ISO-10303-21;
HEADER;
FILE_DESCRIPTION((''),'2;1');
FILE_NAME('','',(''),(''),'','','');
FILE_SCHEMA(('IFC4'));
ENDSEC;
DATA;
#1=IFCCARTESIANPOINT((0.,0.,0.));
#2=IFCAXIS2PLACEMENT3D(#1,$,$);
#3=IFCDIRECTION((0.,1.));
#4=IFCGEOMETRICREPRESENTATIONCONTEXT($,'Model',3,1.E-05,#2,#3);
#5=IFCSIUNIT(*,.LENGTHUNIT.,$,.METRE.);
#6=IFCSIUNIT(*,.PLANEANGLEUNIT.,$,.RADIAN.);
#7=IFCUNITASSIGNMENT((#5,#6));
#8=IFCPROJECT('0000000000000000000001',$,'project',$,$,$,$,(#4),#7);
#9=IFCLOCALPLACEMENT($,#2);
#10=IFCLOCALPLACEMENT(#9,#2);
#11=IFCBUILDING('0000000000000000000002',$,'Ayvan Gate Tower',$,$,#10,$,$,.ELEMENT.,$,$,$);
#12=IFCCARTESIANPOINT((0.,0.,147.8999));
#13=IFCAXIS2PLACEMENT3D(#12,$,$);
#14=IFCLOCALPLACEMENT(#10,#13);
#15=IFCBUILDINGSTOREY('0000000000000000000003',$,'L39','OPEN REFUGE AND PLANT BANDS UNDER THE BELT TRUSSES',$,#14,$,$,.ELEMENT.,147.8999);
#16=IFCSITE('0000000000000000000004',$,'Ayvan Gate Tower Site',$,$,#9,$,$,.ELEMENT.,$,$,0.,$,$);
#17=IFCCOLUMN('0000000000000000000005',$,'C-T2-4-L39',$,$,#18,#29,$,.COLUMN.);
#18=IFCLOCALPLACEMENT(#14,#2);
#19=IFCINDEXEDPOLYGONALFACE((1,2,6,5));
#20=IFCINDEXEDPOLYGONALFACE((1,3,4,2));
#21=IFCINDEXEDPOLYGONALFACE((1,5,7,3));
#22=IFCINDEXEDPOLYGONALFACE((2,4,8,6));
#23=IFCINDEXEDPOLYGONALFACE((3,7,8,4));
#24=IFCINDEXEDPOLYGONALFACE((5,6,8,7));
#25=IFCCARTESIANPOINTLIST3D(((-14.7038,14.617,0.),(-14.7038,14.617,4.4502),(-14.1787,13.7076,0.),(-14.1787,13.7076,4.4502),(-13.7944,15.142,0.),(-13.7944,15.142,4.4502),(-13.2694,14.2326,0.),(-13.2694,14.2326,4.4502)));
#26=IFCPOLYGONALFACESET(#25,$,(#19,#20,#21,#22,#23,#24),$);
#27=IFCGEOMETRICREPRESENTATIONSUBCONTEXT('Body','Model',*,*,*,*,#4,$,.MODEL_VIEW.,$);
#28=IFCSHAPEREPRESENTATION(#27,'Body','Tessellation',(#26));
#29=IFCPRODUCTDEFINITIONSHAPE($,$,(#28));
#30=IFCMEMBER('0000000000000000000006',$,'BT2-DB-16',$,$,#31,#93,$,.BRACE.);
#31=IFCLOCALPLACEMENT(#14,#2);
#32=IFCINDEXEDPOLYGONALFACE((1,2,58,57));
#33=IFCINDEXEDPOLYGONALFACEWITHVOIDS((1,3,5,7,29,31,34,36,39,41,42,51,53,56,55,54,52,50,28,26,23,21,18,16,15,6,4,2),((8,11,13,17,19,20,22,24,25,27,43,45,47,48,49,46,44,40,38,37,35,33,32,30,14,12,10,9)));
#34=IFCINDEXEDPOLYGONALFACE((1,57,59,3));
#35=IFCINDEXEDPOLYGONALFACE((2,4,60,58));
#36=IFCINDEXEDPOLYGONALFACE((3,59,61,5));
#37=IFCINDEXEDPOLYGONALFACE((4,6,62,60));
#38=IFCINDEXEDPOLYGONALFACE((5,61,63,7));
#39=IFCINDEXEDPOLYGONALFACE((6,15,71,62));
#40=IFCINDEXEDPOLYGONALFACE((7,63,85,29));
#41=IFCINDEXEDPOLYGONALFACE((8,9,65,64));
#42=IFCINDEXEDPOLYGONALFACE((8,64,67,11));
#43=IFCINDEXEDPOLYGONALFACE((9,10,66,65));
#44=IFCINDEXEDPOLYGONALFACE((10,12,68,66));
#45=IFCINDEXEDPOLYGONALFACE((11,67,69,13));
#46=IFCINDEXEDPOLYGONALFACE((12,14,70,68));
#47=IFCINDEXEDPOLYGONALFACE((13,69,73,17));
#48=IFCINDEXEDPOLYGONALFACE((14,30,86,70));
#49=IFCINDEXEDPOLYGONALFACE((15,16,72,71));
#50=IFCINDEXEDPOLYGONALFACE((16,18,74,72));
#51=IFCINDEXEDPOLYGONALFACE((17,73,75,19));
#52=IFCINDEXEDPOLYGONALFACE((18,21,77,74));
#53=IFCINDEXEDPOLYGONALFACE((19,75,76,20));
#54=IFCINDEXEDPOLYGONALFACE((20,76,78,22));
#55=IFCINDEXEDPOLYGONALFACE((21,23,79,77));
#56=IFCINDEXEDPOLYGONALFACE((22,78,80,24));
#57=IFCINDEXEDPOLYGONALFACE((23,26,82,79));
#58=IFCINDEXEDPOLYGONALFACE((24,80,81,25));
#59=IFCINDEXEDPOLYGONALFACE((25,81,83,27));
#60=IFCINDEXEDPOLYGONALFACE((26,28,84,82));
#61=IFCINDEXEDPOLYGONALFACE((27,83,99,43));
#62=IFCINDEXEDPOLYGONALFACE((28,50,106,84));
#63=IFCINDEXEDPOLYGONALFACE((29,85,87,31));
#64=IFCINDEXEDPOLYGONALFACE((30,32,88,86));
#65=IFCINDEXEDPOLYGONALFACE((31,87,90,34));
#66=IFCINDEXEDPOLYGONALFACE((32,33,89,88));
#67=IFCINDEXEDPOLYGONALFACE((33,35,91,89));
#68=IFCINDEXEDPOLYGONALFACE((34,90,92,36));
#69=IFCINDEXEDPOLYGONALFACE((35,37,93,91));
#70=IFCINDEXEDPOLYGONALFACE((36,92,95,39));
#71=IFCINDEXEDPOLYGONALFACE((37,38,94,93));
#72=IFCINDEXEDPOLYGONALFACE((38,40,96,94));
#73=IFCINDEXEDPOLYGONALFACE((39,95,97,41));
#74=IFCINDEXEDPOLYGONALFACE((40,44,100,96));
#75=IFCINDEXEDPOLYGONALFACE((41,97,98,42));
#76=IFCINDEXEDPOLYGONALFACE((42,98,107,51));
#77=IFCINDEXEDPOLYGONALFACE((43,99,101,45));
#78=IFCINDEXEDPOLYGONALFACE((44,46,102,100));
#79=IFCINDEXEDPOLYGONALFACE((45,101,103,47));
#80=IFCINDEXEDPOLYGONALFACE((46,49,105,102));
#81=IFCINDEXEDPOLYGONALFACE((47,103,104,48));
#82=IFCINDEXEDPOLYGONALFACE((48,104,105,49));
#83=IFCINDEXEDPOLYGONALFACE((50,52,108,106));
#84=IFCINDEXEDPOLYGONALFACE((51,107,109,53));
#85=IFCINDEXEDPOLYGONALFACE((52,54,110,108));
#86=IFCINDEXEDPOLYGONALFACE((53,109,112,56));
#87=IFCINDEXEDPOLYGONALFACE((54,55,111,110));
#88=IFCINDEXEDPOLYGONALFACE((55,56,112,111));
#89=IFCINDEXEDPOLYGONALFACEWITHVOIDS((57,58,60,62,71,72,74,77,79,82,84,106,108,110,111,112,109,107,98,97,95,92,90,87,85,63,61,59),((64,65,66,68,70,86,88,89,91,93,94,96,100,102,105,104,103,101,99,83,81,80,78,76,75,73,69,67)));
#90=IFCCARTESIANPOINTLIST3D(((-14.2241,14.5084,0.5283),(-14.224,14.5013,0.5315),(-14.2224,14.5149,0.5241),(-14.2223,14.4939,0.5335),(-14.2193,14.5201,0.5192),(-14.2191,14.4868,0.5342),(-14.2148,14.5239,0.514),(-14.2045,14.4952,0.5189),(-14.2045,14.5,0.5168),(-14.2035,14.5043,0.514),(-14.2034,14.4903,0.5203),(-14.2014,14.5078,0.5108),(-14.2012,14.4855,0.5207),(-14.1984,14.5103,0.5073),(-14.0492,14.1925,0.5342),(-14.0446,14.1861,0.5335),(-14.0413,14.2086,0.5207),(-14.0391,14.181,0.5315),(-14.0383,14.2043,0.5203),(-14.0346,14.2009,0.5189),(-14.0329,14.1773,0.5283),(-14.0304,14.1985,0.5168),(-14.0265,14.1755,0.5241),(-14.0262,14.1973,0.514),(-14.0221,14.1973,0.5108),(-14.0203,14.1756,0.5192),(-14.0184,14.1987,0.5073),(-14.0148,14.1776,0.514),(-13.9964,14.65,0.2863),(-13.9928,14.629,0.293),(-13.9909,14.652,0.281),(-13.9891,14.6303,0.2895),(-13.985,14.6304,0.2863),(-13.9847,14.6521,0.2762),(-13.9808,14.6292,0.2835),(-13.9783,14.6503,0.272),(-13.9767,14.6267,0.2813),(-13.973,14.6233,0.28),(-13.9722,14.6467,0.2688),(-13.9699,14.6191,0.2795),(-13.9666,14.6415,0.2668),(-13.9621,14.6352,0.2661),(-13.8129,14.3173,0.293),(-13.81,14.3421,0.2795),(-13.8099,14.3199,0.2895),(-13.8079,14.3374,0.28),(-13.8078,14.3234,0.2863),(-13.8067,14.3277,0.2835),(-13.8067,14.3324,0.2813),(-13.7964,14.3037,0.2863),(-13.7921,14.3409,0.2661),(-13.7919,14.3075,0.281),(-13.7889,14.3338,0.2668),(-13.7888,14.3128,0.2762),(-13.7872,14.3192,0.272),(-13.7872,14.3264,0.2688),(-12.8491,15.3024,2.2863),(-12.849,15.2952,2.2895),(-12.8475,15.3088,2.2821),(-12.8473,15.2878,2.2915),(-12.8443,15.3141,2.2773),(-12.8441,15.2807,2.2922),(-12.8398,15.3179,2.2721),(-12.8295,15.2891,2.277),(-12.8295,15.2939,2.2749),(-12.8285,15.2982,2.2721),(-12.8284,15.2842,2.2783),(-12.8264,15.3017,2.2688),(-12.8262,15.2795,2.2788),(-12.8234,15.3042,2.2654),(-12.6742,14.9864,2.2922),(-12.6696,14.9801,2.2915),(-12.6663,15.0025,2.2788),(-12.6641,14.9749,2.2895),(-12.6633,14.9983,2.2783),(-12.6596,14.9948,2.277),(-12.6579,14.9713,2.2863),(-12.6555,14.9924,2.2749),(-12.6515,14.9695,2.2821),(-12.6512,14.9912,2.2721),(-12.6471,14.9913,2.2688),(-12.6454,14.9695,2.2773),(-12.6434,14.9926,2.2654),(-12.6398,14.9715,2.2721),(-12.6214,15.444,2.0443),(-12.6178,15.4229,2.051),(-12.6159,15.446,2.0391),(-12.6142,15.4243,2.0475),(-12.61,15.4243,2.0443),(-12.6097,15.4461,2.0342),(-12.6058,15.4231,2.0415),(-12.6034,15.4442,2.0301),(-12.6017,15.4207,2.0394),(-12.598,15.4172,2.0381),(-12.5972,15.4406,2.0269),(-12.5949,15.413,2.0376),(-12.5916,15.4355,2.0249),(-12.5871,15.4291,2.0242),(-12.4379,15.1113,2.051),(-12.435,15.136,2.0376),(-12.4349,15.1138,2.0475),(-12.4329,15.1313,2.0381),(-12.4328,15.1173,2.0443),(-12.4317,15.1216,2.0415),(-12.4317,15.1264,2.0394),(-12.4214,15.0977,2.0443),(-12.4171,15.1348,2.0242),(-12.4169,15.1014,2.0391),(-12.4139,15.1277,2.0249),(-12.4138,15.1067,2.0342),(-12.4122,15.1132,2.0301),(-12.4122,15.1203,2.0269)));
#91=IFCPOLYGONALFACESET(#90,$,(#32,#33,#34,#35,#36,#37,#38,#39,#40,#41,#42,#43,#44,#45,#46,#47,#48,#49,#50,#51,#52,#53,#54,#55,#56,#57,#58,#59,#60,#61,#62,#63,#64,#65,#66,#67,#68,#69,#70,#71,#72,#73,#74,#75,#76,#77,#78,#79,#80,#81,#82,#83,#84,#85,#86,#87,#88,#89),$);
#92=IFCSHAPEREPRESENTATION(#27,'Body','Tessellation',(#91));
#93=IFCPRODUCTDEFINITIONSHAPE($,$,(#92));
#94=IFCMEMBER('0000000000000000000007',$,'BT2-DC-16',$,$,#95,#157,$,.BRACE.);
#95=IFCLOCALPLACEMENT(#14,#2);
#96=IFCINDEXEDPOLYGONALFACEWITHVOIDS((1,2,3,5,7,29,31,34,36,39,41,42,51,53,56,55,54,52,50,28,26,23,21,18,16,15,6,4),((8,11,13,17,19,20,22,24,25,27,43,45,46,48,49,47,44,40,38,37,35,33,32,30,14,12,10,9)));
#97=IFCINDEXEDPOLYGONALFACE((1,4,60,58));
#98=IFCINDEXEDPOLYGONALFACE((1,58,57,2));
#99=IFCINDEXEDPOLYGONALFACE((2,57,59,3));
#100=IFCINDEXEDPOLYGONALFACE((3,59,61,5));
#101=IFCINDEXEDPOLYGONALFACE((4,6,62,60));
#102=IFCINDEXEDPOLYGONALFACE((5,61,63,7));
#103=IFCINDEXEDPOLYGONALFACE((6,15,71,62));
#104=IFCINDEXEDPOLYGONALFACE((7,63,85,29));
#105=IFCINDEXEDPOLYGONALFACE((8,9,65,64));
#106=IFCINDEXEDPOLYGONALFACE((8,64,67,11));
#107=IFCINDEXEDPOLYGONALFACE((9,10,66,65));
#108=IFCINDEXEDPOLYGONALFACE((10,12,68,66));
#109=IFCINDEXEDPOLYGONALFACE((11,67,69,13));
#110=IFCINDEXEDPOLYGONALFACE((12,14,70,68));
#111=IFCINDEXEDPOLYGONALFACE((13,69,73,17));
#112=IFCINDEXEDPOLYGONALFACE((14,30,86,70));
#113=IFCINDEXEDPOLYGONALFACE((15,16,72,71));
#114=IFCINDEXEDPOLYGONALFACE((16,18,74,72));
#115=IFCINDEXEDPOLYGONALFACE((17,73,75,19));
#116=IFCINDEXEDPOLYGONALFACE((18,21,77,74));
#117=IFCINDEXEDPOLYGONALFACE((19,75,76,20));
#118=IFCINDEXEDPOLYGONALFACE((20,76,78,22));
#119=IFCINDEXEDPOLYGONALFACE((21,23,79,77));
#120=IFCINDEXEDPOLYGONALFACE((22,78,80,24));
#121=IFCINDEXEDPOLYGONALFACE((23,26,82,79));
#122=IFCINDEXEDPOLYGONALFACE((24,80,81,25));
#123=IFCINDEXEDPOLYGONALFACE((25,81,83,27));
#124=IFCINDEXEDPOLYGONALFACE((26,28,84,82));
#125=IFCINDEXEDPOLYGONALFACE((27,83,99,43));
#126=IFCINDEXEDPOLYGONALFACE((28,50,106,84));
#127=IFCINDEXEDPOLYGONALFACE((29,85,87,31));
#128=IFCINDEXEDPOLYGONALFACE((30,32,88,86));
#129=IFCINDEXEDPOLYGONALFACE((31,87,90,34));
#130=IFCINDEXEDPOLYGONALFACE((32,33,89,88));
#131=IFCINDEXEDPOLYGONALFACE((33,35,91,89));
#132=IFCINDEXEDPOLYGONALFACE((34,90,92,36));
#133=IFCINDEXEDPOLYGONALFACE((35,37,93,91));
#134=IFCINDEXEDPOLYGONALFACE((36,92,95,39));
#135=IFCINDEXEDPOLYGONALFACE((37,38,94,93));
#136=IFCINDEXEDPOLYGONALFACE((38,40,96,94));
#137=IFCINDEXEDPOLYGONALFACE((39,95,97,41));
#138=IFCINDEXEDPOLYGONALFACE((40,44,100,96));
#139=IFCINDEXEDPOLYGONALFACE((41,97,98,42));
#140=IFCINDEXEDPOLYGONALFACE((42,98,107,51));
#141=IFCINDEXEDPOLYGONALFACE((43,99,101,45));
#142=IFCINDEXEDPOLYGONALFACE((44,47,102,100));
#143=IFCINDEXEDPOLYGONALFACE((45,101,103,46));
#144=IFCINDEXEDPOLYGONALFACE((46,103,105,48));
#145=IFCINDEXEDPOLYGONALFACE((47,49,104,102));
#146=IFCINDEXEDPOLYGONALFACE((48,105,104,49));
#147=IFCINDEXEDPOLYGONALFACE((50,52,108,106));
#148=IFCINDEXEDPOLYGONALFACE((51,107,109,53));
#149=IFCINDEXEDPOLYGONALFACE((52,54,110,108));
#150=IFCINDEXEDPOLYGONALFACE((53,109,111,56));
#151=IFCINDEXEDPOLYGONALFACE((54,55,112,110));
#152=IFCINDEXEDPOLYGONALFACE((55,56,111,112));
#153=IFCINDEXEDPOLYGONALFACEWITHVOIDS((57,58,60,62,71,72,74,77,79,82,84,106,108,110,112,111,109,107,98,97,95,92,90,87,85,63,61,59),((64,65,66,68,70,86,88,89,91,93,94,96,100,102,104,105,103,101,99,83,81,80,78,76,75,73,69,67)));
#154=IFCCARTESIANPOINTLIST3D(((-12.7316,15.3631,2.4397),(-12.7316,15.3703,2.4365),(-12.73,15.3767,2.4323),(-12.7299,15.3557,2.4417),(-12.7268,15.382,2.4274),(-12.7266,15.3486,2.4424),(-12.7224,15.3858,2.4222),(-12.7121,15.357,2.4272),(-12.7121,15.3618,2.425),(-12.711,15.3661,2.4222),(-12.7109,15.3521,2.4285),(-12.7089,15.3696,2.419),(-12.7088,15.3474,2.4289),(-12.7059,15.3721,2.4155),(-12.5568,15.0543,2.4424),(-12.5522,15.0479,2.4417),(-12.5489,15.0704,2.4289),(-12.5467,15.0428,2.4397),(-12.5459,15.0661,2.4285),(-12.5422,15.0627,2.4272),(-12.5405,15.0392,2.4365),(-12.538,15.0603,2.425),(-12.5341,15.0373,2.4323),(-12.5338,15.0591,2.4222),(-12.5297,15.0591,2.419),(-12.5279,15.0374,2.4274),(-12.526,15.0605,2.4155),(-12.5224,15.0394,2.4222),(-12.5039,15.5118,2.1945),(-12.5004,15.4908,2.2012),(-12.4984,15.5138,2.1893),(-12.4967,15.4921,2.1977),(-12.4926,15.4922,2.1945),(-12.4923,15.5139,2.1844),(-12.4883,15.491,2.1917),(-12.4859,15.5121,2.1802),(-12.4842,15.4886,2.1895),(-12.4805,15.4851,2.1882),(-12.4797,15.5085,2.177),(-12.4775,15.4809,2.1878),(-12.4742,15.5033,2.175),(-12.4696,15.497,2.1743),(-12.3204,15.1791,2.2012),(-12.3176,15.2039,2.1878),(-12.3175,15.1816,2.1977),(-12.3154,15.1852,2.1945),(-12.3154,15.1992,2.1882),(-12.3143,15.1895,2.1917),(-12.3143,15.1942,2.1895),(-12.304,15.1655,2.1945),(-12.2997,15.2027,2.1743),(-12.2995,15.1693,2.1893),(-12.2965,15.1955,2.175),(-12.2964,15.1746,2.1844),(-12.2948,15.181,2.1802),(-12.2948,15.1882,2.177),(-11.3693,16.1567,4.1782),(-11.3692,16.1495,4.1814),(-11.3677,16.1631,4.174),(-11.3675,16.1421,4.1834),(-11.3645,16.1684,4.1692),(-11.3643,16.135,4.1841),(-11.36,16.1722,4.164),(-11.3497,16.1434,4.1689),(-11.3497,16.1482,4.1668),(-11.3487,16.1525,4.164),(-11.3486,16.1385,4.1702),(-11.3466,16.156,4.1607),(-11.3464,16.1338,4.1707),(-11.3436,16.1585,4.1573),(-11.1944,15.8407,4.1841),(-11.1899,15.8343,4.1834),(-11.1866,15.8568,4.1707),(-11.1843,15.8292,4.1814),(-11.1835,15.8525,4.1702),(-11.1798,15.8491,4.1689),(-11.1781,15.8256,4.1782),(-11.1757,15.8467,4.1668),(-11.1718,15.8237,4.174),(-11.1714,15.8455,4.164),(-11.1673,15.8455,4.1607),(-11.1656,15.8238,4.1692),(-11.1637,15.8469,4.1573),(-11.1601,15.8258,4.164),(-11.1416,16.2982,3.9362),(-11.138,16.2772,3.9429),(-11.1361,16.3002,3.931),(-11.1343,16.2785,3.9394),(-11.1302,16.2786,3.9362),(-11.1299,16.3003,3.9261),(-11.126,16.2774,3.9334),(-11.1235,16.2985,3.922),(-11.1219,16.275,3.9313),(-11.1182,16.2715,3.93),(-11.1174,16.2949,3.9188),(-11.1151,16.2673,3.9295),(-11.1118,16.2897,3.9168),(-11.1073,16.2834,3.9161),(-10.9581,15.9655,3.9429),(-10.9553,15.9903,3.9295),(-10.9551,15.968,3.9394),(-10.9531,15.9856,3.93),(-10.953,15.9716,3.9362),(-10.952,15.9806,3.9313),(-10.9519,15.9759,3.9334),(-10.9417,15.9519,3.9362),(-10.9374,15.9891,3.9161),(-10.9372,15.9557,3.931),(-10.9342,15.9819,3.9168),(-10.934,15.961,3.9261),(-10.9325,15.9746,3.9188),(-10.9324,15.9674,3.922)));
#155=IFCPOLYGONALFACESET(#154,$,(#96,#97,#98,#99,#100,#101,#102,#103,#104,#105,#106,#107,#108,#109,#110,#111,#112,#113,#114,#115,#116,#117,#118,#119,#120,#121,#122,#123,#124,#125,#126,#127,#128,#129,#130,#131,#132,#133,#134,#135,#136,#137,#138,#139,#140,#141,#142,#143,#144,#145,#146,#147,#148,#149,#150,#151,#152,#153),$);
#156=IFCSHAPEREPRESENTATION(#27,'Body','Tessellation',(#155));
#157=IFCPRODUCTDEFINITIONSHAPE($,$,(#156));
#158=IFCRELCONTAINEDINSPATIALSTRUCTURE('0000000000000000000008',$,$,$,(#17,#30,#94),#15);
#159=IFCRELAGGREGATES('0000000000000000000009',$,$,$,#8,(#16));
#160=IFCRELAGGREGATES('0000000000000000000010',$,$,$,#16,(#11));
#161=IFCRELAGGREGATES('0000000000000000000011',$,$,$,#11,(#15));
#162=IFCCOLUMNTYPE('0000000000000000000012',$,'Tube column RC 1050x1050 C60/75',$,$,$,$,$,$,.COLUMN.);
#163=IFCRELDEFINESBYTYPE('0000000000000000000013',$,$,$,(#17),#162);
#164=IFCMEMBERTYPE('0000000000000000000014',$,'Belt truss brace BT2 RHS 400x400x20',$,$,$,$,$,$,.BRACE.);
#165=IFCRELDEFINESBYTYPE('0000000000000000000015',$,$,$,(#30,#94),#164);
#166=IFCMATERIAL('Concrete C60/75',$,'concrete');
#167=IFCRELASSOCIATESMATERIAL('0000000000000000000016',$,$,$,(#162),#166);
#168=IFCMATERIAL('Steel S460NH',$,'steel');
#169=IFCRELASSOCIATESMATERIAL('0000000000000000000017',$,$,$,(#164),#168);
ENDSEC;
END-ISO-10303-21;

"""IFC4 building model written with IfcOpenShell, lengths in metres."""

from ifc_helpers import new_model, si_unit, direction, frame, origin, origin_2d, place, context, subcontext, project, spatial, rectangle, hollow_rectangle, extrude, material, material_profile, profile_set, type_object, element, save


model = new_model("IFC4")

# Units and contexts
model_context = context("Model", 3, precision=1e-05, world=origin(), true_north=direction((0.0, 1.0)))
body_context = subcontext(model_context, "Body", "Model", "MODEL_VIEW")
ifc_project = project(units=[si_unit("LENGTHUNIT", "METRE"), si_unit("PLANEANGLEUNIT", "RADIAN")], contexts=[model_context])

# Site, building, storey
site_placement = place(None, origin())
site = spatial("IfcSite", under=ifc_project, at=site_placement, Name="Ayvan Gate Tower Site", CompositionType="ELEMENT", RefElevation=0.0)
building_placement = place(site_placement, origin())
building = spatial("IfcBuilding", under=site, at=building_placement, Name="Ayvan Gate Tower", CompositionType="ELEMENT")
storey_placement = place(building_placement, frame((0.0, 0.0, 147.8999)))
storey = spatial("IfcBuildingStorey", under=building, at=storey_placement, Name="L39", Description="OPEN REFUGE AND PLANT BANDS UNDER THE BELT TRUSSES", CompositionType="ELEMENT", Elevation=147.8999)

# Column
ifc_material_1 = material(Name="Concrete C60/75", Category="concrete")
ifc_material_profile_1 = material_profile(ifc_material_1, rectangle(XDim=1.05, YDim=1.05, at=origin_2d()), Name="RC 1050x1050")
ifc_profile_set_1 = profile_set([ifc_material_profile_1], Name="Concrete C60/75")
column_type = type_object("IfcColumnType", Name="Tube column RC 1050x1050 C60/75", PredefinedType="COLUMN", material=ifc_profile_set_1)
column_placement = place(storey_placement, frame((-13.9866, 14.4248, 0.0), z_axis=(0.0, 0.0, 1.0), x_axis=(-0.5, 0.866025, 0.0)))
element("IfcColumn", 1, at=column_placement, inside=storey, type_object=column_type, Name="C-T2-4-L39", PredefinedType="COLUMN", context=body_context, shape_type="SweptSolid", body=[
    extrude(rectangle(XDim=1.05, YDim=1.05, at=origin_2d()), origin(), (0.0, 0.0, 1.0), 4.4502),
])

# Members
ifc_material_2 = material(Name="Steel S460NH", Category="steel")
ifc_material_profile_2 = material_profile(ifc_material_2, hollow_rectangle(XDim=0.3999, YDim=0.3999, WallThickness=0.02, InnerFilletRadius=0.02, OuterFilletRadius=0.03, at=origin_2d()), Name="RHS 400x400x20")
ifc_profile_set_2 = profile_set([ifc_material_profile_2], Name="Steel S460NH")
member_type_1 = type_object("IfcMemberType", Name="Belt truss brace BT2 RHS 400x400x20", PredefinedType="BRACE", material=ifc_profile_set_2)
member_1_placement = place(storey_placement, frame((-14.0056, 14.4138, 0.4001), z_axis=(0.580436, 0.335152, 0.742137), x_axis=(-0.500042, 0.866001, 0.0)))
element("IfcMember", 2, at=member_1_placement, inside=storey, type_object=member_type_1, Name="BT2-DB-16", PredefinedType="BRACE", context=body_context, shape_type="SweptSolid", body=[
    extrude(hollow_rectangle(XDim=0.3999, YDim=0.3999, WallThickness=0.02, InnerFilletRadius=0.02, OuterFilletRadius=0.03, at=origin_2d()), origin(), (0.0, 0.0, 1.0), 2.3689),
])
member_2_placement = place(storey_placement, frame((-12.5132, 15.2756, 2.3083), z_axis=(0.580478, 0.335075, 0.742138), x_axis=(-0.499928, 0.866067, 0.0)))
element("IfcMember", 3, at=member_2_placement, inside=storey, type_object=member_type_1, Name="BT2-DC-16", PredefinedType="BRACE", context=body_context, shape_type="SweptSolid", body=[
    extrude(hollow_rectangle(XDim=0.3999, YDim=0.3999, WallThickness=0.02, InnerFilletRadius=0.02, OuterFilletRadius=0.03, at=origin_2d()), origin(), (0.0, 0.0, 1.0), 2.3469),
])

save(model, "model.ifc")
